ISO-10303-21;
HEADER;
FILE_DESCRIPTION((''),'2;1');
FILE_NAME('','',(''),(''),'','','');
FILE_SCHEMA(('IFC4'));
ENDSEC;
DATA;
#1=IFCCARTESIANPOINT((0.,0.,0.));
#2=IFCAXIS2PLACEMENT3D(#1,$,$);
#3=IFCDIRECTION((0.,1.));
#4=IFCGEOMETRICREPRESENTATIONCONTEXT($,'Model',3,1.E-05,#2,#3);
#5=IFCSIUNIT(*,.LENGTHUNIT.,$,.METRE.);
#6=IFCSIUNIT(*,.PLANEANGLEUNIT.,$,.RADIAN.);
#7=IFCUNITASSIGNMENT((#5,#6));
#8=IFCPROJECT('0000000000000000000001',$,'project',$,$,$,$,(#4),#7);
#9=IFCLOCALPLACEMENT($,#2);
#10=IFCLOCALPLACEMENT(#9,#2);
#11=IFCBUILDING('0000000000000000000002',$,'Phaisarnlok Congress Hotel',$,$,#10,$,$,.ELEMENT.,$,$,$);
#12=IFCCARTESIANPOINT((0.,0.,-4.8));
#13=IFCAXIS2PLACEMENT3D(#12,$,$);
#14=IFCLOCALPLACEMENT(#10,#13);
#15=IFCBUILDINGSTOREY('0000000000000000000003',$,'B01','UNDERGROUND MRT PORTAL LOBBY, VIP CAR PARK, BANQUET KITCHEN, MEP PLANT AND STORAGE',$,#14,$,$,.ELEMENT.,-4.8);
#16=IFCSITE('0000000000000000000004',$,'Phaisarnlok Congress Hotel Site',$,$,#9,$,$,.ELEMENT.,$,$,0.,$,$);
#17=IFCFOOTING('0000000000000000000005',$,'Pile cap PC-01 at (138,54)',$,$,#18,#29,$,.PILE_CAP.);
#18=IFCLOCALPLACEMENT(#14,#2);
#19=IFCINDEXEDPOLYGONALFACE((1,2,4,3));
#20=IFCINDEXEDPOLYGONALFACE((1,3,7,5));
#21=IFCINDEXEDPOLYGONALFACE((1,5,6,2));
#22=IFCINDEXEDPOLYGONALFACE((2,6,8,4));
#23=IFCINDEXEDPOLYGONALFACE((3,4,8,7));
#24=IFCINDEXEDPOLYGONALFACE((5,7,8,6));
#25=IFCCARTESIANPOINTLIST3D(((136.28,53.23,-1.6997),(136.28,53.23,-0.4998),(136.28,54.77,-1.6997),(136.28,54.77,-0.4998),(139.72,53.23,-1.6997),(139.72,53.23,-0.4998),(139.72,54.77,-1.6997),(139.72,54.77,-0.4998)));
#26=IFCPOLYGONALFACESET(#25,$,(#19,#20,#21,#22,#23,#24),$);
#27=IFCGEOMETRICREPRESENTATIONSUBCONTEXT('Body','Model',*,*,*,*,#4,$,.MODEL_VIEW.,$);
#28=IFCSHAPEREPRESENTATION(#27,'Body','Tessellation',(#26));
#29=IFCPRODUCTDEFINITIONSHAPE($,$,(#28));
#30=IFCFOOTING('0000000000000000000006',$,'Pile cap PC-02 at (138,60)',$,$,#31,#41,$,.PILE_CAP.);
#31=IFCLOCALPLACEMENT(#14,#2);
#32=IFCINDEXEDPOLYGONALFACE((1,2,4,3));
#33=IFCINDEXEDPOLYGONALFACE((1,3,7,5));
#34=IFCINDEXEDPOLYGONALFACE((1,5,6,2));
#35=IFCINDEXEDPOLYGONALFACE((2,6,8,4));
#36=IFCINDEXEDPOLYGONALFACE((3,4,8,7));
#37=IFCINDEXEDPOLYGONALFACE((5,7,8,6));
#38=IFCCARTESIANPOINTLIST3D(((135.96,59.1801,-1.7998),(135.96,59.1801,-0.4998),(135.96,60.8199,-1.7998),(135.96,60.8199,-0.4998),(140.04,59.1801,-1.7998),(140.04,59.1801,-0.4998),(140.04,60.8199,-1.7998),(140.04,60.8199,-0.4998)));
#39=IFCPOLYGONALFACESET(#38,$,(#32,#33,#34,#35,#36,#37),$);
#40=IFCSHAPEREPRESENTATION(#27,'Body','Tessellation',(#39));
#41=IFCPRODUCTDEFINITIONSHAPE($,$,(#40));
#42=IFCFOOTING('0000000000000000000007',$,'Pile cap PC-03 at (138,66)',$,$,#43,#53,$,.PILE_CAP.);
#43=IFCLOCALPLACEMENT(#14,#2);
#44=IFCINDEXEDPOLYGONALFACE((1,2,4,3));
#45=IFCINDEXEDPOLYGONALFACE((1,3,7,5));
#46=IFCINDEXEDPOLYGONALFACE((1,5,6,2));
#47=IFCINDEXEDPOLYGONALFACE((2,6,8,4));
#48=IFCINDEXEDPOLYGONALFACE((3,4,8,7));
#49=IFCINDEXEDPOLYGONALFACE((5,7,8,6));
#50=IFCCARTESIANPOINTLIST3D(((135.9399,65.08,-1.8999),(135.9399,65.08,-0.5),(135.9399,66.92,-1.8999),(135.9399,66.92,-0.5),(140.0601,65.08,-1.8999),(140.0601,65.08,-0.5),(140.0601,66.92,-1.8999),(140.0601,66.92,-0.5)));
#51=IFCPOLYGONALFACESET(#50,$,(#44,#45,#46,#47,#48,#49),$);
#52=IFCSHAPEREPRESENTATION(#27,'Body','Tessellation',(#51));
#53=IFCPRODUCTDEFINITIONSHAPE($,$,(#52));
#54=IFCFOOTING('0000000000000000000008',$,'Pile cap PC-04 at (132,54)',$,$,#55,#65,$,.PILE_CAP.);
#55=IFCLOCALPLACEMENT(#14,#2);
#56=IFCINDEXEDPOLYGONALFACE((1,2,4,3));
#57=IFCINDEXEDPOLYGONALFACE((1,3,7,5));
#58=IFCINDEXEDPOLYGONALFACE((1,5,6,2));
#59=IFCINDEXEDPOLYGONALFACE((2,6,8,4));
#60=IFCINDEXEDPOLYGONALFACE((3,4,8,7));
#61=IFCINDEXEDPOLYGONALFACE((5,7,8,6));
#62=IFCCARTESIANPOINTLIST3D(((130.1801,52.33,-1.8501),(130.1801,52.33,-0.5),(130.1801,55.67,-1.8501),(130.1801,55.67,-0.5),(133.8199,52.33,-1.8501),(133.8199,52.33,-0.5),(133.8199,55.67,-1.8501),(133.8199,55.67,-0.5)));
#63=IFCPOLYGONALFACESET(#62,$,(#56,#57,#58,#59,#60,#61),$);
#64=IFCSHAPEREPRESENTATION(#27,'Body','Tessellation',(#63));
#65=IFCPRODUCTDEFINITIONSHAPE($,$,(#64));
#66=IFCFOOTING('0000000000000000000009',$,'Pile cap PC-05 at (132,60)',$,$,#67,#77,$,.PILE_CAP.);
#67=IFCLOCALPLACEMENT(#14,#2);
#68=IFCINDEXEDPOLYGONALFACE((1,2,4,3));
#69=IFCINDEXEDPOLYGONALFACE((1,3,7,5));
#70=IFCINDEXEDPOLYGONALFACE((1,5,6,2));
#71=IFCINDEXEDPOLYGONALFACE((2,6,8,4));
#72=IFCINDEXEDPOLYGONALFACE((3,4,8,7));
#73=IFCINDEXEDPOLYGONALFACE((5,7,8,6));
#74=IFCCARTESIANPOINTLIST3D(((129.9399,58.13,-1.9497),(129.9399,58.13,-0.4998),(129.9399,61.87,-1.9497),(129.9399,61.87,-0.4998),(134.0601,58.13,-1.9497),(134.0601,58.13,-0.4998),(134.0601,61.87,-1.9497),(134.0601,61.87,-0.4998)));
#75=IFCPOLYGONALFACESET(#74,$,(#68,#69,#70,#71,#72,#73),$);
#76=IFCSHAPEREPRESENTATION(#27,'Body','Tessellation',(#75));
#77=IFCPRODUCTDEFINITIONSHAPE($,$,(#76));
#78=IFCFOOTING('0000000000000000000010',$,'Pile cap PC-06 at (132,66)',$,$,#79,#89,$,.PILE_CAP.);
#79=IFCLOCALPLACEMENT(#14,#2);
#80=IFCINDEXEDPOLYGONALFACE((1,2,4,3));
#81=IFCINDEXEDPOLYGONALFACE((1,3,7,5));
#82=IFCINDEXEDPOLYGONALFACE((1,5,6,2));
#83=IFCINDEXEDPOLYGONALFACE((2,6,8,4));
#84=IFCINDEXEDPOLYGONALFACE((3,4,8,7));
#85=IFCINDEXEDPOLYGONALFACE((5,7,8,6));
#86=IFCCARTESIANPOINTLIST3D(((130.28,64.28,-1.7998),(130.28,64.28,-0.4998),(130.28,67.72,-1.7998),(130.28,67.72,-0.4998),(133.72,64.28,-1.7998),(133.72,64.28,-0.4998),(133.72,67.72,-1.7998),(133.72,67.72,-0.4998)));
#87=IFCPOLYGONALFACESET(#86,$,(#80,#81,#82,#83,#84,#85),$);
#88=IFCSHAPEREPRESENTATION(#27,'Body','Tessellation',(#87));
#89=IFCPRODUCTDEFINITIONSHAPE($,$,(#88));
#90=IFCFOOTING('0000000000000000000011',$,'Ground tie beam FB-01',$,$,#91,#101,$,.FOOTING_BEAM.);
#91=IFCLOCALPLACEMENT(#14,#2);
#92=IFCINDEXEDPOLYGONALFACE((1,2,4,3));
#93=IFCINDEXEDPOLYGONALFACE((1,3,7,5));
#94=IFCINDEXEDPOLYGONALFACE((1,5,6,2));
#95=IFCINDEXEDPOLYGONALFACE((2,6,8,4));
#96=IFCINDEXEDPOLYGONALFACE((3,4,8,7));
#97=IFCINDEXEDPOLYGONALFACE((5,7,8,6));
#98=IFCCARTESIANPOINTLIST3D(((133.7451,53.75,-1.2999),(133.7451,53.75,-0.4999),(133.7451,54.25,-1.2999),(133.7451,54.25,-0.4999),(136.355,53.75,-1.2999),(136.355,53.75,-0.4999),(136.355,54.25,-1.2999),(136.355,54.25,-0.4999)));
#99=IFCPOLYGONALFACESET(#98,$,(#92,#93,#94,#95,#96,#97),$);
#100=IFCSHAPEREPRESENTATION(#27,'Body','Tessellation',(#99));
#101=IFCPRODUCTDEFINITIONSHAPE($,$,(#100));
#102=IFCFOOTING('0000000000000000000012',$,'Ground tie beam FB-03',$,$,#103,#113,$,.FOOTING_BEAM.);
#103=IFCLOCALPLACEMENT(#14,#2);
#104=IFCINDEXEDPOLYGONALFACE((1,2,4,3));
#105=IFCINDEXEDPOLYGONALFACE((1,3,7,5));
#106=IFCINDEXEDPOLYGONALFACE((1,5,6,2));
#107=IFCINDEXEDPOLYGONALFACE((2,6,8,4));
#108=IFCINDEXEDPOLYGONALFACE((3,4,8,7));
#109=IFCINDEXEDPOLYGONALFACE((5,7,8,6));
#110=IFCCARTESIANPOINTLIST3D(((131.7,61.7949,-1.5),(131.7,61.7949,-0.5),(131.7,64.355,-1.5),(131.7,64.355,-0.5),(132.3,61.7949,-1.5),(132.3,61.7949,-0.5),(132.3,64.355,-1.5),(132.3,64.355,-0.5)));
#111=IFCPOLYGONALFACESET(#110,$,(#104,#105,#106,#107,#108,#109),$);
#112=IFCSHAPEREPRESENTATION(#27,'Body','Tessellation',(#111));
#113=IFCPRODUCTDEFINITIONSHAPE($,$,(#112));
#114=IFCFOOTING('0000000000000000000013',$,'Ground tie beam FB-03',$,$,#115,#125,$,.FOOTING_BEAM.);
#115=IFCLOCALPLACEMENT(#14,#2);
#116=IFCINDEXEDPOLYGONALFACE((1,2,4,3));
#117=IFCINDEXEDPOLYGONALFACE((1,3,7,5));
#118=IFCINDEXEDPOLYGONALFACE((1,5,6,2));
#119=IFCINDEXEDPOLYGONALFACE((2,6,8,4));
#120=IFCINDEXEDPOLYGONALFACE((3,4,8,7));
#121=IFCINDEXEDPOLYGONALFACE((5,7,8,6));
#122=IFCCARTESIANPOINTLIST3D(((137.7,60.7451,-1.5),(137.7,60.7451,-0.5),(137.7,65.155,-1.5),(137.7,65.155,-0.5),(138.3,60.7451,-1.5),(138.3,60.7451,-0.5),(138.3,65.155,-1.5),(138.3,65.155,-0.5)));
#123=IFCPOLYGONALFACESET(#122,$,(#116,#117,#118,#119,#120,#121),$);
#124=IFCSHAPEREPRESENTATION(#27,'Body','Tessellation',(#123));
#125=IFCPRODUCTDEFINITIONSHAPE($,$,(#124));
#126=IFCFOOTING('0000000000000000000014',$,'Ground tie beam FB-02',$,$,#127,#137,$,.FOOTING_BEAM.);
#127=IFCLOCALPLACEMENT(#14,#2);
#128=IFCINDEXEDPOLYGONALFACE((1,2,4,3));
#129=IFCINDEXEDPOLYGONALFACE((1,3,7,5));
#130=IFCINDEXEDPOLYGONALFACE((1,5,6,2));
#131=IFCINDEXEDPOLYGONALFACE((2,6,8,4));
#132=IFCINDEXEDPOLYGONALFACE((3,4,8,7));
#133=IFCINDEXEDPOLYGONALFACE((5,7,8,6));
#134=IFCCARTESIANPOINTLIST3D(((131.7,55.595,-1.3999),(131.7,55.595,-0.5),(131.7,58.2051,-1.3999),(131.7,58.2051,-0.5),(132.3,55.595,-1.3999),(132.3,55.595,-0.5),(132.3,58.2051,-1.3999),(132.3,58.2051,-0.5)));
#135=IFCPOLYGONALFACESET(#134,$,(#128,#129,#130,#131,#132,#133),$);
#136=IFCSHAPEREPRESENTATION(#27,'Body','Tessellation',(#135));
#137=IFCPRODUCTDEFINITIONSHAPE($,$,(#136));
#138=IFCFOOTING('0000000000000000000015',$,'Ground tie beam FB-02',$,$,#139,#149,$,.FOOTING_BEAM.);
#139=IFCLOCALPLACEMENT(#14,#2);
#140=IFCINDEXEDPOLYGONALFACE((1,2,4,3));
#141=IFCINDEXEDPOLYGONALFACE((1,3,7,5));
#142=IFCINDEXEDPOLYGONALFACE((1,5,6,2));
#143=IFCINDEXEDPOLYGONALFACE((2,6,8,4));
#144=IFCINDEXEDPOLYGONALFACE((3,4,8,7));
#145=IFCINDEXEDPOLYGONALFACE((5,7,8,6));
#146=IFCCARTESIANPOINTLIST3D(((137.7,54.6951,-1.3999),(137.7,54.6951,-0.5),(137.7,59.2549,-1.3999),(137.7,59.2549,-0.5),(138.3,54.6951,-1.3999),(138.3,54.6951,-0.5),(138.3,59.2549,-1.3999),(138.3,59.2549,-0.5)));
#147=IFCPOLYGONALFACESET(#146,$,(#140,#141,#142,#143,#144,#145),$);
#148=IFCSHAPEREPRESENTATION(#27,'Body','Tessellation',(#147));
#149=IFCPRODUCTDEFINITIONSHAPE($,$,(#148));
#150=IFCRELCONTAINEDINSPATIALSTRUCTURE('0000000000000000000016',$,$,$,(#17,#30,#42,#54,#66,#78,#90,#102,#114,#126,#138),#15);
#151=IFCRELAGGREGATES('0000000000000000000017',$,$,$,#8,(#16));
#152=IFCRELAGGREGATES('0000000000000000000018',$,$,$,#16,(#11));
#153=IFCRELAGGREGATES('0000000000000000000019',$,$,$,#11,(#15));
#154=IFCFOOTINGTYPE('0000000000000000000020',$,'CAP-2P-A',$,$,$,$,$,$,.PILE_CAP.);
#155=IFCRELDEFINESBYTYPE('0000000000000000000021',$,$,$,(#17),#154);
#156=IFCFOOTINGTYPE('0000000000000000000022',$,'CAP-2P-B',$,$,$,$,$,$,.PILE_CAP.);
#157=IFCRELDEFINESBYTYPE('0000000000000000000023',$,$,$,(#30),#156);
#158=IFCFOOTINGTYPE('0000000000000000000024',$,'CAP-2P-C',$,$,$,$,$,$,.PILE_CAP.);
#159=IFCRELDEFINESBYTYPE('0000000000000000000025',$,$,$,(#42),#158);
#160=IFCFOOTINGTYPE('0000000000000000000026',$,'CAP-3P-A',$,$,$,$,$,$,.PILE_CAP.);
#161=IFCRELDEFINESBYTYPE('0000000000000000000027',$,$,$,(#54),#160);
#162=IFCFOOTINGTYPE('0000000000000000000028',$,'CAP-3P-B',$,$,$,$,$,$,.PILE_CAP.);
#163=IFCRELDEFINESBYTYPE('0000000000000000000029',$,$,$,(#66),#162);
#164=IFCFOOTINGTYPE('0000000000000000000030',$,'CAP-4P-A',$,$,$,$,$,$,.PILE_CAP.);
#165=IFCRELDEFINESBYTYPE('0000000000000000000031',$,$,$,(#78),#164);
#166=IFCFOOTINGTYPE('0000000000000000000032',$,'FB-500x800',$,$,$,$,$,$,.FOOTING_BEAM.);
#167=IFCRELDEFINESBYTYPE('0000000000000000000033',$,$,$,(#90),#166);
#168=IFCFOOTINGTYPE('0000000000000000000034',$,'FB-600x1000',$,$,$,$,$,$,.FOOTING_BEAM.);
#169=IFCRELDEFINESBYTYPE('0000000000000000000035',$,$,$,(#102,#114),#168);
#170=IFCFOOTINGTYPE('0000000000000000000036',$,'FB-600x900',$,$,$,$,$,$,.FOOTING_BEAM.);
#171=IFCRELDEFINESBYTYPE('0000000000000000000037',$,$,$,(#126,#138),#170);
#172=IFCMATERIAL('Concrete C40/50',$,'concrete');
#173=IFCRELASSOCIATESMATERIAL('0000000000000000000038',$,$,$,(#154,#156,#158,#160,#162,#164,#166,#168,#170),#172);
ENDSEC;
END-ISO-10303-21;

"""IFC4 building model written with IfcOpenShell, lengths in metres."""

from ifc_helpers import new_model, si_unit, direction, frame, origin, origin_2d, place, context, subcontext, project, spatial, rectangle, extrude, material, material_profile, profile_set, type_object, element, save


model = new_model("IFC4")

# Units and contexts
model_context = context("Model", 3, precision=1e-05, world=origin(), true_north=direction((0.0, 1.0)))
body_context = subcontext(model_context, "Body", "Model", "MODEL_VIEW")
ifc_project = project(units=[si_unit("LENGTHUNIT", "METRE"), si_unit("PLANEANGLEUNIT", "RADIAN")], contexts=[model_context])

# Site, building, storey
site_placement = place(None, origin())
site = spatial("IfcSite", under=ifc_project, at=site_placement, Name="Phaisarnlok Congress Hotel Site", CompositionType="ELEMENT", RefElevation=0.0)
building_placement = place(site_placement, origin())
building = spatial("IfcBuilding", under=site, at=building_placement, Name="Phaisarnlok Congress Hotel", CompositionType="ELEMENT")
storey_placement = place(building_placement, frame((0.0, 0.0, -4.8)))
storey = spatial("IfcBuildingStorey", under=building, at=storey_placement, Name="B01", Description="UNDERGROUND MRT PORTAL LOBBY, VIP CAR PARK, BANQUET KITCHEN, MEP PLANT AND STORAGE", CompositionType="ELEMENT", Elevation=-4.8)

# Footings
ifc_material_1 = material(Name="Concrete C40/50", Category="concrete")
footing_type_1 = type_object("IfcFootingType", Name="CAP-2P-A", PredefinedType="PILE_CAP", material=ifc_material_1)
footing_1_placement = place(storey_placement, frame((138.0, 54.0, -1.6997), z_axis=(0.0, 0.0, 1.0), x_axis=(1.0, 0.0, 0.0)))
element("IfcFooting", 1, at=footing_1_placement, inside=storey, type_object=footing_type_1, Name="Pile cap PC-01 at (138,54)", PredefinedType="PILE_CAP", context=body_context, shape_type="SweptSolid", body=[
    extrude(rectangle(XDim=3.4399, YDim=1.54, at=origin_2d()), origin(), (0.0, 0.0, 1.0), 1.2),
])
footing_type_2 = type_object("IfcFootingType", Name="CAP-2P-B", PredefinedType="PILE_CAP", material=ifc_material_1)
footing_2_placement = place(storey_placement, frame((138.0, 60.0, -1.7998), z_axis=(0.0, 0.0, 1.0), x_axis=(1.0, 0.0, 0.0)))
element("IfcFooting", 2, at=footing_2_placement, inside=storey, type_object=footing_type_2, Name="Pile cap PC-02 at (138,60)", PredefinedType="PILE_CAP", context=body_context, shape_type="SweptSolid", body=[
    extrude(rectangle(XDim=4.0801, YDim=1.6399, at=origin_2d()), origin(), (0.0, 0.0, 1.0), 1.3),
])
footing_type_3 = type_object("IfcFootingType", Name="CAP-2P-C", PredefinedType="PILE_CAP", material=ifc_material_1)
footing_3_placement = place(storey_placement, frame((138.0, 66.0, -1.8999), z_axis=(0.0, 0.0, 1.0), x_axis=(1.0, 0.0, 0.0)))
element("IfcFooting", 3, at=footing_3_placement, inside=storey, type_object=footing_type_3, Name="Pile cap PC-03 at (138,66)", PredefinedType="PILE_CAP", context=body_context, shape_type="SweptSolid", body=[
    extrude(rectangle(XDim=4.1201, YDim=1.8401, at=origin_2d()), origin(), (0.0, 0.0, 1.0), 1.3999),
])
footing_type_4 = type_object("IfcFootingType", Name="CAP-3P-A", PredefinedType="PILE_CAP", material=ifc_material_1)
footing_4_placement = place(storey_placement, frame((132.0, 54.0, -1.8501), z_axis=(0.0, 0.0, 1.0), x_axis=(1.0, 0.0, 0.0)))
element("IfcFooting", 4, at=footing_4_placement, inside=storey, type_object=footing_type_4, Name="Pile cap PC-04 at (132,54)", PredefinedType="PILE_CAP", context=body_context, shape_type="SweptSolid", body=[
    extrude(rectangle(XDim=3.6399, YDim=3.3401, at=origin_2d()), origin(), (0.0, 0.0, 1.0), 1.3501),
])
footing_type_5 = type_object("IfcFootingType", Name="CAP-3P-B", PredefinedType="PILE_CAP", material=ifc_material_1)
footing_5_placement = place(storey_placement, frame((132.0, 60.0, -1.9497), z_axis=(0.0, 0.0, 1.0), x_axis=(1.0, 0.0, 0.0)))
element("IfcFooting", 5, at=footing_5_placement, inside=storey, type_object=footing_type_5, Name="Pile cap PC-05 at (132,60)", PredefinedType="PILE_CAP", context=body_context, shape_type="SweptSolid", body=[
    extrude(rectangle(XDim=4.1201, YDim=3.74, at=origin_2d()), origin(), (0.0, 0.0, 1.0), 1.45),
])
footing_type_6 = type_object("IfcFootingType", Name="CAP-4P-A", PredefinedType="PILE_CAP", material=ifc_material_1)
footing_6_placement = place(storey_placement, frame((132.0, 66.0, -1.7998), z_axis=(0.0, 0.0, 1.0), x_axis=(1.0, 0.0, 0.0)))
element("IfcFooting", 6, at=footing_6_placement, inside=storey, type_object=footing_type_6, Name="Pile cap PC-06 at (132,66)", PredefinedType="PILE_CAP", context=body_context, shape_type="SweptSolid", body=[
    extrude(rectangle(XDim=3.4399, YDim=3.4399, at=origin_2d()), origin(), (0.0, 0.0, 1.0), 1.3),
])
ifc_material_profile_1 = material_profile(ifc_material_1, rectangle(XDim=0.5, YDim=0.8, at=origin_2d()), Name="FB-500x800")
ifc_profile_set_1 = profile_set([ifc_material_profile_1], Name="Concrete C40/50")
footing_type_7 = type_object("IfcFootingType", Name="FB-500x800", PredefinedType="FOOTING_BEAM", material=ifc_profile_set_1)
footing_7_placement = place(storey_placement, frame((133.7451, 54.0, -0.8999), z_axis=(1.0, 0.0, 0.0), x_axis=(0.0, 1.0, 0.0)))
element("IfcFooting", 7, at=footing_7_placement, inside=storey, type_object=footing_type_7, Name="Ground tie beam FB-01", PredefinedType="FOOTING_BEAM", context=body_context, shape_type="SweptSolid", body=[
    extrude(rectangle(XDim=0.5, YDim=0.8, at=origin_2d()), origin(), (0.0, 0.0, 1.0), 2.6099),
])
ifc_material_profile_2 = material_profile(ifc_material_1, rectangle(XDim=0.6001, YDim=1.0, at=origin_2d()), Name="FB-600x1000")
ifc_profile_set_2 = profile_set([ifc_material_profile_2], Name="Concrete C40/50")
footing_type_8 = type_object("IfcFootingType", Name="FB-600x1000", PredefinedType="FOOTING_BEAM", material=ifc_profile_set_2)
footing_8_placement = place(storey_placement, frame((132.0, 61.7949, -1.0), z_axis=(0.0, 1.0, 0.0), x_axis=(-1.0, 0.0, 0.0)))
element("IfcFooting", 8, at=footing_8_placement, inside=storey, type_object=footing_type_8, Name="Ground tie beam FB-03", PredefinedType="FOOTING_BEAM", context=body_context, shape_type="SweptSolid", body=[
    extrude(rectangle(XDim=0.6001, YDim=1.0, at=origin_2d()), origin(), (0.0, 0.0, 1.0), 2.5601),
])
footing_9_placement = place(storey_placement, frame((138.0, 60.7451, -1.0), z_axis=(0.0, 1.0, 0.0), x_axis=(-1.0, 0.0, 0.0)))
element("IfcFooting", 9, at=footing_9_placement, inside=storey, type_object=footing_type_8, Name="Ground tie beam FB-03", PredefinedType="FOOTING_BEAM", context=body_context, shape_type="SweptSolid", body=[
    extrude(rectangle(XDim=0.6001, YDim=1.0, at=origin_2d()), origin(), (0.0, 0.0, 1.0), 4.4099),
])
ifc_material_profile_3 = material_profile(ifc_material_1, rectangle(XDim=0.6001, YDim=0.8999, at=origin_2d()), Name="FB-600x900")
ifc_profile_set_3 = profile_set([ifc_material_profile_3], Name="Concrete C40/50")
footing_type_9 = type_object("IfcFootingType", Name="FB-600x900", PredefinedType="FOOTING_BEAM", material=ifc_profile_set_3)
footing_10_placement = place(storey_placement, frame((132.0, 55.595, -0.95), z_axis=(0.0, 1.0, 0.0), x_axis=(-1.0, 0.0, 0.0)))
element("IfcFooting", 10, at=footing_10_placement, inside=storey, type_object=footing_type_9, Name="Ground tie beam FB-02", PredefinedType="FOOTING_BEAM", context=body_context, shape_type="SweptSolid", body=[
    extrude(rectangle(XDim=0.6001, YDim=0.8999, at=origin_2d()), origin(), (0.0, 0.0, 1.0), 2.6101),
])
footing_11_placement = place(storey_placement, frame((138.0, 54.6951, -0.95), z_axis=(0.0, 1.0, 0.0), x_axis=(-1.0, 0.0, 0.0)))
element("IfcFooting", 11, at=footing_11_placement, inside=storey, type_object=footing_type_9, Name="Ground tie beam FB-02", PredefinedType="FOOTING_BEAM", context=body_context, shape_type="SweptSolid", body=[
    extrude(rectangle(XDim=0.6001, YDim=0.8999, at=origin_2d()), origin(), (0.0, 0.0, 1.0), 4.5598),
])

save(model, "model.ifc")
